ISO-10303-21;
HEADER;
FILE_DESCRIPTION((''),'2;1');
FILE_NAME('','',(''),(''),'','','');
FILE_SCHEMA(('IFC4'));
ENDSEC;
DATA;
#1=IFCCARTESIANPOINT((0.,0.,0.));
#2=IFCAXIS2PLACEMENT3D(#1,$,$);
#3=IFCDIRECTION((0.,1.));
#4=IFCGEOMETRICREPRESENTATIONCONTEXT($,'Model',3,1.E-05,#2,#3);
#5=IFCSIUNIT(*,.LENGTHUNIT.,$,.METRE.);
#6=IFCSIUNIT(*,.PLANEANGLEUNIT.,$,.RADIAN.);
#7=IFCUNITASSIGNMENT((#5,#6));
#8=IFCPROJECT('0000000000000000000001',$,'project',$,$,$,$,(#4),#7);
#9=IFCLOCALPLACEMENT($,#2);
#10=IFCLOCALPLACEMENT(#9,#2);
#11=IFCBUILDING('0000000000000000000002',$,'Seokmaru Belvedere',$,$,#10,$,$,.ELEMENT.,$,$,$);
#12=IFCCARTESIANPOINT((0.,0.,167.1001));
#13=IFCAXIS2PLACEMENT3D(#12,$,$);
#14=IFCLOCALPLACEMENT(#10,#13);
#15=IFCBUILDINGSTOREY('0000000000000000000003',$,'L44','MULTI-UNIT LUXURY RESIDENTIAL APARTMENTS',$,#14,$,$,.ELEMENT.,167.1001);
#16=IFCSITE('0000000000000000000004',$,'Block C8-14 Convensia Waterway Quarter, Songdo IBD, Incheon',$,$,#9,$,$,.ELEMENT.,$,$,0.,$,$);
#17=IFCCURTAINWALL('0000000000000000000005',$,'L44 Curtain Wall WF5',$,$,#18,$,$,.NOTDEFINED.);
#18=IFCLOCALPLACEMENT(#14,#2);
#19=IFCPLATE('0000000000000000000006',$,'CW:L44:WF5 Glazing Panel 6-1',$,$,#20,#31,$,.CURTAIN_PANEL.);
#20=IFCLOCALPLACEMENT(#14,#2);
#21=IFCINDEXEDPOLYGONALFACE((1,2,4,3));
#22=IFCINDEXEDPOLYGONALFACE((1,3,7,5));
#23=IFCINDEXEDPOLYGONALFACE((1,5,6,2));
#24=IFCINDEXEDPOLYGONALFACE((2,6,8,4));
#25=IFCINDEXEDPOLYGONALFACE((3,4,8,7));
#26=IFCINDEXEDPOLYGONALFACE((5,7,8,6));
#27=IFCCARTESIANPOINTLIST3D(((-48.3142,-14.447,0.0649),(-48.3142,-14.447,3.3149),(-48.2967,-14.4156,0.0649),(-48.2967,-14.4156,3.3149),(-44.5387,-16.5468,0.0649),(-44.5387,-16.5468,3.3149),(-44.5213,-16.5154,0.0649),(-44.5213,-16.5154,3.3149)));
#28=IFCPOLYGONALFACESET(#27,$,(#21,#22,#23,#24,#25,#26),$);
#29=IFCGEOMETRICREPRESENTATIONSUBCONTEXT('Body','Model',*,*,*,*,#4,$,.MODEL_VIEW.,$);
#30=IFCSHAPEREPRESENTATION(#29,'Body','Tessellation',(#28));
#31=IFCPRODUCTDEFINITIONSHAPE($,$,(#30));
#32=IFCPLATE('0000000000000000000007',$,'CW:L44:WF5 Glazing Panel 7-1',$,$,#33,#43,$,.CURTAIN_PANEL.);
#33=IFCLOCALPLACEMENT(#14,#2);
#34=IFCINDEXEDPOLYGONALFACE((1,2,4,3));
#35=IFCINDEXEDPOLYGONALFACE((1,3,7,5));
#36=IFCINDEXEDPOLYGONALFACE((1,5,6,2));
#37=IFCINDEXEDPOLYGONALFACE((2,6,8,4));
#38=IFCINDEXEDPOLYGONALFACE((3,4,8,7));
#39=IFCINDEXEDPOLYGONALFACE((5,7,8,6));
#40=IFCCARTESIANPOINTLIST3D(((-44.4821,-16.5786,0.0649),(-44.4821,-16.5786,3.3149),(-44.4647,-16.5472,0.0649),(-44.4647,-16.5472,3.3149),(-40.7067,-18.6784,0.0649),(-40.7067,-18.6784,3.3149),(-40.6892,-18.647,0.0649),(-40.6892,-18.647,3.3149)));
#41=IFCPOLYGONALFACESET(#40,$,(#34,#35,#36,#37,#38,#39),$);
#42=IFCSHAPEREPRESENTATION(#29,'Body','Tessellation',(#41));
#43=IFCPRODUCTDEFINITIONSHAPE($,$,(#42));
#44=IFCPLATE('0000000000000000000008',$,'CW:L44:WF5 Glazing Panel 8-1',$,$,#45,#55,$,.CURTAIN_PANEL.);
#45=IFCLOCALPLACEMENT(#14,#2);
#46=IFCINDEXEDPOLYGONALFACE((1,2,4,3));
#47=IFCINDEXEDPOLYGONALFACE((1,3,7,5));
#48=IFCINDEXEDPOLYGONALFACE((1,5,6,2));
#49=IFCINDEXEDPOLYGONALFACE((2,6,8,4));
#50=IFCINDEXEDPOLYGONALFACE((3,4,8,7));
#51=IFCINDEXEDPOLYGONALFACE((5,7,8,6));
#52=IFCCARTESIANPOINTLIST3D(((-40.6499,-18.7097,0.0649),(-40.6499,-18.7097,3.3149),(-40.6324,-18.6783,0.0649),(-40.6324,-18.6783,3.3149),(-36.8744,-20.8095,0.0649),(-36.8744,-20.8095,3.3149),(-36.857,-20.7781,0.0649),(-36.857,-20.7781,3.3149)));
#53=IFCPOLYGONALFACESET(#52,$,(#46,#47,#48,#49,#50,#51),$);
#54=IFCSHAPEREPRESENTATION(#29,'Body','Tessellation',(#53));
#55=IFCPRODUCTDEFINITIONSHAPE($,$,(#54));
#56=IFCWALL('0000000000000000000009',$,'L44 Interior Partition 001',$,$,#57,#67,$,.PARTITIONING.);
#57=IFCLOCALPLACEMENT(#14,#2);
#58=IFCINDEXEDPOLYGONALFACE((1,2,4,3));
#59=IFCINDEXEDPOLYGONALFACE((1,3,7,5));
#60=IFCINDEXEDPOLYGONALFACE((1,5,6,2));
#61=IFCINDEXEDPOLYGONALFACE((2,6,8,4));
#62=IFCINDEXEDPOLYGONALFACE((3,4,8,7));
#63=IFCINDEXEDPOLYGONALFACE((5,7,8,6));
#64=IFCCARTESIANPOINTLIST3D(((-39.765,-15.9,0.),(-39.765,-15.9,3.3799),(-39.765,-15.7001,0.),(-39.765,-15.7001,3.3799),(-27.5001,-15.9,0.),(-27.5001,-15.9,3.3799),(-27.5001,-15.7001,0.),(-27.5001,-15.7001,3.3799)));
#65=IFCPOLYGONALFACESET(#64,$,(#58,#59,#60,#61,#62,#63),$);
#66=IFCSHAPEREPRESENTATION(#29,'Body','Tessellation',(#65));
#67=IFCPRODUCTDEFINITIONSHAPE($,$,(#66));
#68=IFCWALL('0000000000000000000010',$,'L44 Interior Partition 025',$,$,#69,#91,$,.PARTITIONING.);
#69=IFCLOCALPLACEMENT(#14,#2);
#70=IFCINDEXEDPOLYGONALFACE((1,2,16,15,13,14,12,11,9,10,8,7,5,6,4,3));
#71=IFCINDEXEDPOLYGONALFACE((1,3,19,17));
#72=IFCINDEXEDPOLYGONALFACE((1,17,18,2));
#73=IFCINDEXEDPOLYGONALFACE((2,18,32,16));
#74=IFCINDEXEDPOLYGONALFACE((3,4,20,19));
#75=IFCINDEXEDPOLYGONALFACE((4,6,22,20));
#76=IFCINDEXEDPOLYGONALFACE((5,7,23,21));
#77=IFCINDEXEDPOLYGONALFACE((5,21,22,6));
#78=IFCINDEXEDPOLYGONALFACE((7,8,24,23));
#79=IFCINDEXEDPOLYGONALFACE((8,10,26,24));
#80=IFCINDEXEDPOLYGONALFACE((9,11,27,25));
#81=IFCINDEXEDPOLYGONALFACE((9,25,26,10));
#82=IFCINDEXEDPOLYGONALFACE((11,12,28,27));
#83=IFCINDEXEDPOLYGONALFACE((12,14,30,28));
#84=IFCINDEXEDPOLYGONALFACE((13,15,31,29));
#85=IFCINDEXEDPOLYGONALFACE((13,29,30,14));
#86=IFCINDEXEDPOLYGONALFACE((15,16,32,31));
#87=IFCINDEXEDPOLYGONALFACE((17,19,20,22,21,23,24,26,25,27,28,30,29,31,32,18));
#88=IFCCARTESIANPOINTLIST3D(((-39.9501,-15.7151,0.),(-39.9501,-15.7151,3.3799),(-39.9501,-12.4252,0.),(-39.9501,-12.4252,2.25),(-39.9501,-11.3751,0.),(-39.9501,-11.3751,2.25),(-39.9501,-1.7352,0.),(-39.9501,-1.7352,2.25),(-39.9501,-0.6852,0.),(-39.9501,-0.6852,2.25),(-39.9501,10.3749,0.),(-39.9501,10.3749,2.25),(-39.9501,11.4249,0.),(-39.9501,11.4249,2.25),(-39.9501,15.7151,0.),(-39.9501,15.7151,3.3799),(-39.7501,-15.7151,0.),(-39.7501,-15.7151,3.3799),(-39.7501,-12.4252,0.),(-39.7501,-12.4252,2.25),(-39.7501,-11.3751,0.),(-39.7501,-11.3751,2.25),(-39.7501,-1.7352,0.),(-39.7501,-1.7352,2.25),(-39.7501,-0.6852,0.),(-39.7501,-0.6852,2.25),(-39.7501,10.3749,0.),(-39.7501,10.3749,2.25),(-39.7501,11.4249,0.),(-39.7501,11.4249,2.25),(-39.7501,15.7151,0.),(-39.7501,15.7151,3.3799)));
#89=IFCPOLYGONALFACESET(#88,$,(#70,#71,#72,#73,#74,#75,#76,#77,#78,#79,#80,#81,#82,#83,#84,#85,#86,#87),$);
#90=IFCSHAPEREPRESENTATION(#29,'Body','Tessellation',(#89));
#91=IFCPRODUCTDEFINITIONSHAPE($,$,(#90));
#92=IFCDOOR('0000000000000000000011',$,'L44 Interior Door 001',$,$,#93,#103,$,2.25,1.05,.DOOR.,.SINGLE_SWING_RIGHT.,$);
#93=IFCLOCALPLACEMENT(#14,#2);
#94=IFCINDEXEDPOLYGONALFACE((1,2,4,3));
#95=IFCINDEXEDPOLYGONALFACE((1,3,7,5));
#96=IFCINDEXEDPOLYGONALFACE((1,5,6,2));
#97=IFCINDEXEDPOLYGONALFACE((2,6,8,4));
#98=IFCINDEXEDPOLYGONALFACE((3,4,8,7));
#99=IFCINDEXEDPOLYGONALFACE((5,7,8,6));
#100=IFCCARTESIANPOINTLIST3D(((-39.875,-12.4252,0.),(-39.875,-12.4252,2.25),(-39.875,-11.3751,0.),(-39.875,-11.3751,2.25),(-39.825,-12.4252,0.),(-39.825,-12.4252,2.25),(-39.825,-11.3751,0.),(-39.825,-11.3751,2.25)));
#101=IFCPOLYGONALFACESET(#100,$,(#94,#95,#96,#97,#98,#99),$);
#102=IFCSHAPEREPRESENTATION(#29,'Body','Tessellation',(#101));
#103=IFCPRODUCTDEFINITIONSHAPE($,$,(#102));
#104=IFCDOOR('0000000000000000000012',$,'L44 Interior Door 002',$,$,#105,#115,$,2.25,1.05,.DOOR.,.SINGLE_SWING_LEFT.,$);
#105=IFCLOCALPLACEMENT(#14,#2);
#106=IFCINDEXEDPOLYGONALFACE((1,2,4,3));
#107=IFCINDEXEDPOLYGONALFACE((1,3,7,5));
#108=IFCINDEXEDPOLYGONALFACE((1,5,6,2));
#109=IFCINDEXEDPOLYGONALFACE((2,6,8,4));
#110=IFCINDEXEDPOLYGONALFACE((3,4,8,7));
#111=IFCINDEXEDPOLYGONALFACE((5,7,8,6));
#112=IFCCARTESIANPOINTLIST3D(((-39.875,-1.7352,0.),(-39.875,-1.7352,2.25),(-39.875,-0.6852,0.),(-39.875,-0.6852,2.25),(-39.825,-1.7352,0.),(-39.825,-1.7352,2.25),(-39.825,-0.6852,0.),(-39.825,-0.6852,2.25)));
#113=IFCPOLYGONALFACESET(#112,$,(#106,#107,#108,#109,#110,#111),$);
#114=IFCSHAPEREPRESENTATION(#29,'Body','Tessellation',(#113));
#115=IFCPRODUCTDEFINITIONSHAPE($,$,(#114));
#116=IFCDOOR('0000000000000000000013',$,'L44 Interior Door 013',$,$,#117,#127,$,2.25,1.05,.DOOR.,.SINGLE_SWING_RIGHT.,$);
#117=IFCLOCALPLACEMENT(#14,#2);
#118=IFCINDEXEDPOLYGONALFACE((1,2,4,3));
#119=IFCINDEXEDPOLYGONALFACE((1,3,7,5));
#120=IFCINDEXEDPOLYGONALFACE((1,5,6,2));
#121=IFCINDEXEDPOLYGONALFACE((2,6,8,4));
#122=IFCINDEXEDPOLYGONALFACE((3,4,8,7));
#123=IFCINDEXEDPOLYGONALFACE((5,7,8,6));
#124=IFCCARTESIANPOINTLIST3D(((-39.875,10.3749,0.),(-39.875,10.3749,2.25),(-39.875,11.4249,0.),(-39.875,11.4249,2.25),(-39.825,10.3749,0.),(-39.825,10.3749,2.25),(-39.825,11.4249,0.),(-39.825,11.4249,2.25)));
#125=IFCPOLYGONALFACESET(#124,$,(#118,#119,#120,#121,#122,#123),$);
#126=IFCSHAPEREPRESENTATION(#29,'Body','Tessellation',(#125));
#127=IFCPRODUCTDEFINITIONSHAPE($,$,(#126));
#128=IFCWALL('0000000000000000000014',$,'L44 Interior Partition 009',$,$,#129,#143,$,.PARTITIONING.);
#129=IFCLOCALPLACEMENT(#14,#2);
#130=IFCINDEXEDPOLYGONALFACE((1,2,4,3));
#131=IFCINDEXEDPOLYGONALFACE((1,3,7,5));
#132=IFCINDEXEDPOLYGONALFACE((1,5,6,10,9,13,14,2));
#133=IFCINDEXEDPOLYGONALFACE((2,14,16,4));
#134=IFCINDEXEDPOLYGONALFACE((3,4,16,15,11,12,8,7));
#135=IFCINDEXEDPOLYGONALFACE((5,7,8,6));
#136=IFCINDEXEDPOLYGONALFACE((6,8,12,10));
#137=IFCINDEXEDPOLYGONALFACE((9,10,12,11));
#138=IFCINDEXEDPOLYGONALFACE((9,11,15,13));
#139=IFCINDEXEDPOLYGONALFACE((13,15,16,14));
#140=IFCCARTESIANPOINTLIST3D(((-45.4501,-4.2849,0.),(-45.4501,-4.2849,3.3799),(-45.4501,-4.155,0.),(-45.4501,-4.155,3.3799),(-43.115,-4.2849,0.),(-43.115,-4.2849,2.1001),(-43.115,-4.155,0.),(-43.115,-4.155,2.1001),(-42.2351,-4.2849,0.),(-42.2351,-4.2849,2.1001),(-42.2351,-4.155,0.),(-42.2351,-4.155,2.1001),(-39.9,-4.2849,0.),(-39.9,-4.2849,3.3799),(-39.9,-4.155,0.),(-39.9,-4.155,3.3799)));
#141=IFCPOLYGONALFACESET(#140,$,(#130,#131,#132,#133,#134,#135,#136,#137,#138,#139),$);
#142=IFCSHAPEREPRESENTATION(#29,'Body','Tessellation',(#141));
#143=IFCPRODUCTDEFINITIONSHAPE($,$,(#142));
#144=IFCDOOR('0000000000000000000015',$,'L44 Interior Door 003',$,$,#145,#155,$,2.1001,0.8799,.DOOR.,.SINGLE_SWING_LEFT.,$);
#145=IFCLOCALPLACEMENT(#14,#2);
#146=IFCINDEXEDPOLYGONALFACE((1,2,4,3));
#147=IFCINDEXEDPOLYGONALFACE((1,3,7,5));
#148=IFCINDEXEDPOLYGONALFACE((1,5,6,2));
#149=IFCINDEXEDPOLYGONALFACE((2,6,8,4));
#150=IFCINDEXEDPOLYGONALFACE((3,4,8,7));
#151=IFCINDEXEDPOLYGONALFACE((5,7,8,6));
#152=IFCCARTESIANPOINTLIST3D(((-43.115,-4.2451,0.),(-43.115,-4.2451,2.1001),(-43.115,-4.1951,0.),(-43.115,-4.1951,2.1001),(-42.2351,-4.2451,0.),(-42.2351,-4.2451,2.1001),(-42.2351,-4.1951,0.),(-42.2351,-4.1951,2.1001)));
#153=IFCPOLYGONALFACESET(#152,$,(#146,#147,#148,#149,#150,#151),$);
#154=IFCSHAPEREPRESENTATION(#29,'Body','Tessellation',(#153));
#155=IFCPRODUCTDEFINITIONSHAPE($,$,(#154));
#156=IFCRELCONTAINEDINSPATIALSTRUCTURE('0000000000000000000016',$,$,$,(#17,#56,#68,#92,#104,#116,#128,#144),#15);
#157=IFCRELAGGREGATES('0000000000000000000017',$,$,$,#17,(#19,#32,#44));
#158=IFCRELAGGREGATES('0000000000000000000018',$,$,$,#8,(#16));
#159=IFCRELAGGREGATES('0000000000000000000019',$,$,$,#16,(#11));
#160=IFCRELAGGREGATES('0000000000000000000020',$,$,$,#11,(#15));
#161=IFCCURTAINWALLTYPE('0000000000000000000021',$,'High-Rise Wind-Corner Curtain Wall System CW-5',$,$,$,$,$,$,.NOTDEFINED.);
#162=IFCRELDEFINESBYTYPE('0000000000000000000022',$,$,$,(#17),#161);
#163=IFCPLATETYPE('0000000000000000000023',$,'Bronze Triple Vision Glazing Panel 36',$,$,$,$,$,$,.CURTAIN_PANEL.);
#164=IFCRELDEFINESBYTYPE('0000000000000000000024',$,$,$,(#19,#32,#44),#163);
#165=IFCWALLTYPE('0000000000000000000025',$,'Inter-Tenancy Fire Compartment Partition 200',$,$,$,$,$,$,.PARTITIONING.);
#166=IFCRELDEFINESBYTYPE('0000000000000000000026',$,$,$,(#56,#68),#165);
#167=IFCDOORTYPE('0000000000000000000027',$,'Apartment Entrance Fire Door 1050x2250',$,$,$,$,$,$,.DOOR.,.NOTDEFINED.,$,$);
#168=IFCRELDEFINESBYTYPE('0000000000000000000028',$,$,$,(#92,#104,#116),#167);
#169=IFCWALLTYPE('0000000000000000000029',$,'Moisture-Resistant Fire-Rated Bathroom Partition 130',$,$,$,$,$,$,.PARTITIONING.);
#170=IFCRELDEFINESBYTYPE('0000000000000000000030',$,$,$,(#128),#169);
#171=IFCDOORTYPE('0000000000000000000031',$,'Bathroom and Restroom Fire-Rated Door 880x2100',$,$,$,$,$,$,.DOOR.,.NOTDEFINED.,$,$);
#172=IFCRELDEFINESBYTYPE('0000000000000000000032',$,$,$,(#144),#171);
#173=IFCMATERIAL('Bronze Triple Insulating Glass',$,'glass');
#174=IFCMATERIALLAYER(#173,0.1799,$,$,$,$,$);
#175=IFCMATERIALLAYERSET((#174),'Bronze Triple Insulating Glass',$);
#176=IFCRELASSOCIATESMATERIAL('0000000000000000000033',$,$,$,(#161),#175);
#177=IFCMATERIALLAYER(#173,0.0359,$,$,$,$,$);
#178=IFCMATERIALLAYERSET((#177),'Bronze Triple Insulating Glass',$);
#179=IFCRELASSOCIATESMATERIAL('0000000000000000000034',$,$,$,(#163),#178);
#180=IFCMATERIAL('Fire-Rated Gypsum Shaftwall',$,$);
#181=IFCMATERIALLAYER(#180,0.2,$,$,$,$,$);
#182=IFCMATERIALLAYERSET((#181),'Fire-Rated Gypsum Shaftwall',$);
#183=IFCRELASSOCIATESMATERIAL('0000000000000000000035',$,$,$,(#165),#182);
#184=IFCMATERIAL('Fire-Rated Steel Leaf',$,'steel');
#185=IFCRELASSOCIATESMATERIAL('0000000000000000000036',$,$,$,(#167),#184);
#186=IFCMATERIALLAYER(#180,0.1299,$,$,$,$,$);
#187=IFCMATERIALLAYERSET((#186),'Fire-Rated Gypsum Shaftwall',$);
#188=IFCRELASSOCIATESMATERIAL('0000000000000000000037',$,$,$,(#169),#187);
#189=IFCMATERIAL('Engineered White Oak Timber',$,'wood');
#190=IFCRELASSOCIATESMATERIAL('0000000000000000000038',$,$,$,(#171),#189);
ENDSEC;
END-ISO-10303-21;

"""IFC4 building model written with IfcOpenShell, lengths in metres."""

from ifc_helpers import new_model, si_unit, direction, frame, frame_2d, origin, origin_2d, place, context, subcontext, project, spatial, rectangle, extrude, source, transform, mapped, material, layer, layer_set, type_object, type_shapes, element, fill, aggregate, save


model = new_model("IFC4")

# Units and contexts
model_context = context("Model", 3, precision=1e-05, world=origin(), true_north=direction((0.0, 1.0)))
body_context = subcontext(model_context, "Body", "Model", "MODEL_VIEW")
ifc_project = project(units=[si_unit("LENGTHUNIT", "METRE"), si_unit("PLANEANGLEUNIT", "RADIAN")], contexts=[model_context])

# Site, building, storey
site_placement = place(None, origin())
site = spatial("IfcSite", under=ifc_project, at=site_placement, Name="Block C8-14 Convensia Waterway Quarter, Songdo IBD, Incheon", CompositionType="ELEMENT", RefElevation=0.0)
building_placement = place(site_placement, origin())
building = spatial("IfcBuilding", under=site, at=building_placement, Name="Seokmaru Belvedere", CompositionType="ELEMENT")
storey_placement = place(building_placement, frame((0.0, 0.0, 167.1001)))
storey = spatial("IfcBuildingStorey", under=building, at=storey_placement, Name="L44", Description="MULTI-UNIT LUXURY RESIDENTIAL APARTMENTS", CompositionType="ELEMENT", Elevation=167.1001)

# Curtain wall, plates
ifc_material_1 = material(Name="Bronze Triple Insulating Glass", Category="glass")
ifc_layer_1 = layer(ifc_material_1, 0.1799)
ifc_layer_set_1 = layer_set([ifc_layer_1], Name="Bronze Triple Insulating Glass")
curtain_wall_type = type_object("IfcCurtainWallType", Name="High-Rise Wind-Corner Curtain Wall System CW-5", PredefinedType="NOTDEFINED", material=ifc_layer_set_1)
curtain_wall_placement = place(storey_placement, origin())
curtain_wall = element("IfcCurtainWall", 1, at=curtain_wall_placement, inside=storey, type_object=curtain_wall_type, Name="L44 Curtain Wall WF5", PredefinedType="NOTDEFINED")
ifc_layer_2 = layer(ifc_material_1, 0.0359)
ifc_layer_set_2 = layer_set([ifc_layer_2], Name="Bronze Triple Insulating Glass")
plate_type = type_object("IfcPlateType", Name="Bronze Triple Vision Glazing Panel 36", PredefinedType="CURTAIN_PANEL", material=ifc_layer_set_2)
shared_shape_1 = source(origin(), body_context, "Body", "SweptSolid", [
    extrude(rectangle(XDim=4.3201, YDim=0.0359, at=origin_2d()), origin(), (0.0, 0.0, 1.0), 3.25),
])
type_shapes(plate_type, [shared_shape_1])
plate_1_placement = place(storey_placement, frame((-46.4177, -15.4812, 0.0649), z_axis=(0.0, 0.0, 1.0), x_axis=(0.873933, -0.486047, 0.0)))
plate_1 = element("IfcPlate", 2, at=plate_1_placement, type_object=plate_type, Name="CW:L44:WF5 Glazing Panel 6-1", PredefinedType="CURTAIN_PANEL", context=body_context, shape_type="MappedRepresentation", body=[
    mapped(shared_shape_1, transform((0.0, 0.0, 0.0), scale=1.0)),
])
plate_2_placement = place(storey_placement, frame((-42.5857, -17.6128, 0.0649), z_axis=(0.0, 0.0, 1.0), x_axis=(0.873933, -0.486047, 0.0)))
plate_2 = element("IfcPlate", 3, at=plate_2_placement, type_object=plate_type, Name="CW:L44:WF5 Glazing Panel 7-1", PredefinedType="CURTAIN_PANEL", context=body_context, shape_type="MappedRepresentation", body=[
    mapped(shared_shape_1, transform((0.0, 0.0, 0.0), scale=1.0)),
])
plate_3_placement = place(storey_placement, frame((-38.7534, -19.7439, 0.0649), z_axis=(0.0, 0.0, 1.0), x_axis=(0.873933, -0.486047, 0.0)))
plate_3 = element("IfcPlate", 4, at=plate_3_placement, type_object=plate_type, Name="CW:L44:WF5 Glazing Panel 8-1", PredefinedType="CURTAIN_PANEL", context=body_context, shape_type="MappedRepresentation", body=[
    mapped(shared_shape_1, transform((0.0, 0.0, 0.0), scale=1.0)),
])
aggregate(curtain_wall, [plate_1, plate_2, plate_3])

# Wall
ifc_material_2 = material(Name="Fire-Rated Gypsum Shaftwall")
ifc_layer_3 = layer(ifc_material_2, 0.2)
ifc_layer_set_3 = layer_set([ifc_layer_3], Name="Fire-Rated Gypsum Shaftwall")
wall_type_1 = type_object("IfcWallType", Name="Inter-Tenancy Fire Compartment Partition 200", PredefinedType="PARTITIONING", material=ifc_layer_set_3)
wall_1_placement = place(storey_placement, frame((-39.7649, -15.8, 0.0), z_axis=(0.0, 0.0, 1.0), x_axis=(1.0, 0.0, 0.0)))
element("IfcWall", 5, at=wall_1_placement, inside=storey, type_object=wall_type_1, Name="L44 Interior Partition 001", PredefinedType="PARTITIONING", context=body_context, shape_type="SweptSolid", body=[
    extrude(rectangle(XDim=12.2649, YDim=0.2, at=frame_2d((6.1323, 0.0))), origin(), (0.0, 0.0, 1.0), 3.3799),
])

# Wall, openings, doors
wall_2_placement = place(storey_placement, frame((-39.8501, -15.7151, 0.0), z_axis=(0.0, 0.0, 1.0), x_axis=(0.0, 1.0, 0.0)))
wall_2 = element("IfcWall", 6, at=wall_2_placement, inside=storey, type_object=wall_type_1, Name="L44 Interior Partition 025", PredefinedType="PARTITIONING", context=body_context, shape_type="SweptSolid", body=[
    extrude(rectangle(XDim=31.4302, YDim=0.2, at=frame_2d((15.7151, 0.0))), origin(), (0.0, 0.0, 1.0), 3.3799),
])
opening_1_placement = place(wall_2_placement, frame((3.29, 0.0, 0.0)))
opening_1 = element("IfcOpeningElement", 7, at=opening_1_placement, cuts=wall_2, PredefinedType="OPENING", context=body_context, shape_type="SweptSolid", body=[
    extrude(rectangle(XDim=1.05, YDim=2.25, at=frame_2d((0.5249, 1.125))), frame((0.0, 0.1099, 0.0), z_axis=(0.0, -1.0, 0.0), x_axis=(1.0, 0.0, 0.0)), (0.0, 0.0, 1.0), 0.22),
])
opening_2_placement = place(wall_2_placement, frame((13.98, 0.0, 0.0)))
opening_2 = element("IfcOpeningElement", 8, at=opening_2_placement, cuts=wall_2, PredefinedType="OPENING", context=body_context, shape_type="SweptSolid", body=[
    extrude(rectangle(XDim=1.05, YDim=2.25, at=frame_2d((0.5249, 1.125))), frame((0.0, 0.1099, 0.0), z_axis=(0.0, -1.0, 0.0), x_axis=(1.0, 0.0, 0.0)), (0.0, 0.0, 1.0), 0.22),
])
opening_3_placement = place(wall_2_placement, frame((26.0901, 0.0, 0.0)))
opening_3 = element("IfcOpeningElement", 9, at=opening_3_placement, cuts=wall_2, PredefinedType="OPENING", context=body_context, shape_type="SweptSolid", body=[
    extrude(rectangle(XDim=1.05, YDim=2.25, at=frame_2d((0.5249, 1.125))), frame((0.0, 0.1099, 0.0), z_axis=(0.0, -1.0, 0.0), x_axis=(1.0, 0.0, 0.0)), (0.0, 0.0, 1.0), 0.22),
])
ifc_material_3 = material(Name="Fire-Rated Steel Leaf", Category="steel")
door_type_1 = type_object("IfcDoorType", Name="Apartment Entrance Fire Door 1050x2250", OperationType="NOTDEFINED", PredefinedType="DOOR", material=ifc_material_3)
shared_shape_2 = source(origin(), body_context, "Body", "SweptSolid", [
    extrude(rectangle(XDim=1.05, YDim=2.25, at=frame_2d((0.5249, 1.125))), frame((0.0, 0.0249, 0.0), z_axis=(0.0, -1.0, 0.0), x_axis=(1.0, 0.0, 0.0)), (0.0, 0.0, 1.0), 0.05),
])
type_shapes(door_type_1, [shared_shape_2])
door_1_placement = place(opening_1_placement, origin())
door_1 = element("IfcDoor", 10, at=door_1_placement, inside=storey, type_object=door_type_1, Name="L44 Interior Door 001", OperationType="SINGLE_SWING_RIGHT", OverallHeight=2.25, OverallWidth=1.05, PredefinedType="DOOR", context=body_context, shape_type="MappedRepresentation", body=[
    mapped(shared_shape_2, transform((0.0, 0.0, 0.0), scale=1.0)),
])
fill(opening_1, door_1)
door_2_placement = place(opening_2_placement, origin())
door_2 = element("IfcDoor", 11, at=door_2_placement, inside=storey, type_object=door_type_1, Name="L44 Interior Door 002", OperationType="SINGLE_SWING_LEFT", OverallHeight=2.25, OverallWidth=1.05, PredefinedType="DOOR", context=body_context, shape_type="MappedRepresentation", body=[
    mapped(shared_shape_2, transform((0.0, 0.0, 0.0), scale=1.0)),
])
fill(opening_2, door_2)
door_3_placement = place(opening_3_placement, origin())
door_3 = element("IfcDoor", 12, at=door_3_placement, inside=storey, type_object=door_type_1, Name="L44 Interior Door 013", OperationType="SINGLE_SWING_RIGHT", OverallHeight=2.25, OverallWidth=1.05, PredefinedType="DOOR", context=body_context, shape_type="MappedRepresentation", body=[
    mapped(shared_shape_2, transform((0.0, 0.0, 0.0), scale=1.0)),
])
fill(opening_3, door_3)

# Wall, opening, door
ifc_layer_4 = layer(ifc_material_2, 0.1299)
ifc_layer_set_4 = layer_set([ifc_layer_4], Name="Fire-Rated Gypsum Shaftwall")
wall_type_2 = type_object("IfcWallType", Name="Moisture-Resistant Fire-Rated Bathroom Partition 130", PredefinedType="PARTITIONING", material=ifc_layer_set_4)
wall_3_placement = place(storey_placement, frame((-45.45, -4.22, 0.0), z_axis=(0.0, 0.0, 1.0), x_axis=(1.0, 0.0, 0.0)))
wall_3 = element("IfcWall", 13, at=wall_3_placement, inside=storey, type_object=wall_type_2, Name="L44 Interior Partition 009", PredefinedType="PARTITIONING", context=body_context, shape_type="SweptSolid", body=[
    extrude(rectangle(XDim=5.55, YDim=0.1299, at=frame_2d((2.7749, 0.0))), origin(), (0.0, 0.0, 1.0), 3.3799),
])
opening_4_placement = place(wall_3_placement, frame((2.335, 0.0, 0.0)))
opening_4 = element("IfcOpeningElement", 14, at=opening_4_placement, cuts=wall_3, PredefinedType="OPENING", context=body_context, shape_type="SweptSolid", body=[
    extrude(rectangle(XDim=0.8799, YDim=2.1001, at=frame_2d((0.4399, 1.05))), frame((0.0, 0.075, 0.0), z_axis=(0.0, -1.0, 0.0), x_axis=(1.0, 0.0, 0.0)), (0.0, 0.0, 1.0), 0.1499),
])
ifc_material_4 = material(Name="Engineered White Oak Timber", Category="wood")
door_type_2 = type_object("IfcDoorType", Name="Bathroom and Restroom Fire-Rated Door 880x2100", OperationType="NOTDEFINED", PredefinedType="DOOR", material=ifc_material_4)
shared_shape_3 = source(origin(), body_context, "Body", "SweptSolid", [
    extrude(rectangle(XDim=0.8799, YDim=2.1001, at=frame_2d((0.4399, 1.05))), frame((0.0, 0.0249, 0.0), z_axis=(0.0, -1.0, 0.0), x_axis=(1.0, 0.0, 0.0)), (0.0, 0.0, 1.0), 0.05),
])
type_shapes(door_type_2, [shared_shape_3])
door_4_placement = place(opening_4_placement, origin())
door_4 = element("IfcDoor", 15, at=door_4_placement, inside=storey, type_object=door_type_2, Name="L44 Interior Door 003", OperationType="SINGLE_SWING_LEFT", OverallHeight=2.1001, OverallWidth=0.8799, PredefinedType="DOOR", context=body_context, shape_type="MappedRepresentation", body=[
    mapped(shared_shape_3, transform((0.0, 0.0, 0.0), scale=1.0)),
])
fill(opening_4, door_4)

save(model, "model.ifc")
